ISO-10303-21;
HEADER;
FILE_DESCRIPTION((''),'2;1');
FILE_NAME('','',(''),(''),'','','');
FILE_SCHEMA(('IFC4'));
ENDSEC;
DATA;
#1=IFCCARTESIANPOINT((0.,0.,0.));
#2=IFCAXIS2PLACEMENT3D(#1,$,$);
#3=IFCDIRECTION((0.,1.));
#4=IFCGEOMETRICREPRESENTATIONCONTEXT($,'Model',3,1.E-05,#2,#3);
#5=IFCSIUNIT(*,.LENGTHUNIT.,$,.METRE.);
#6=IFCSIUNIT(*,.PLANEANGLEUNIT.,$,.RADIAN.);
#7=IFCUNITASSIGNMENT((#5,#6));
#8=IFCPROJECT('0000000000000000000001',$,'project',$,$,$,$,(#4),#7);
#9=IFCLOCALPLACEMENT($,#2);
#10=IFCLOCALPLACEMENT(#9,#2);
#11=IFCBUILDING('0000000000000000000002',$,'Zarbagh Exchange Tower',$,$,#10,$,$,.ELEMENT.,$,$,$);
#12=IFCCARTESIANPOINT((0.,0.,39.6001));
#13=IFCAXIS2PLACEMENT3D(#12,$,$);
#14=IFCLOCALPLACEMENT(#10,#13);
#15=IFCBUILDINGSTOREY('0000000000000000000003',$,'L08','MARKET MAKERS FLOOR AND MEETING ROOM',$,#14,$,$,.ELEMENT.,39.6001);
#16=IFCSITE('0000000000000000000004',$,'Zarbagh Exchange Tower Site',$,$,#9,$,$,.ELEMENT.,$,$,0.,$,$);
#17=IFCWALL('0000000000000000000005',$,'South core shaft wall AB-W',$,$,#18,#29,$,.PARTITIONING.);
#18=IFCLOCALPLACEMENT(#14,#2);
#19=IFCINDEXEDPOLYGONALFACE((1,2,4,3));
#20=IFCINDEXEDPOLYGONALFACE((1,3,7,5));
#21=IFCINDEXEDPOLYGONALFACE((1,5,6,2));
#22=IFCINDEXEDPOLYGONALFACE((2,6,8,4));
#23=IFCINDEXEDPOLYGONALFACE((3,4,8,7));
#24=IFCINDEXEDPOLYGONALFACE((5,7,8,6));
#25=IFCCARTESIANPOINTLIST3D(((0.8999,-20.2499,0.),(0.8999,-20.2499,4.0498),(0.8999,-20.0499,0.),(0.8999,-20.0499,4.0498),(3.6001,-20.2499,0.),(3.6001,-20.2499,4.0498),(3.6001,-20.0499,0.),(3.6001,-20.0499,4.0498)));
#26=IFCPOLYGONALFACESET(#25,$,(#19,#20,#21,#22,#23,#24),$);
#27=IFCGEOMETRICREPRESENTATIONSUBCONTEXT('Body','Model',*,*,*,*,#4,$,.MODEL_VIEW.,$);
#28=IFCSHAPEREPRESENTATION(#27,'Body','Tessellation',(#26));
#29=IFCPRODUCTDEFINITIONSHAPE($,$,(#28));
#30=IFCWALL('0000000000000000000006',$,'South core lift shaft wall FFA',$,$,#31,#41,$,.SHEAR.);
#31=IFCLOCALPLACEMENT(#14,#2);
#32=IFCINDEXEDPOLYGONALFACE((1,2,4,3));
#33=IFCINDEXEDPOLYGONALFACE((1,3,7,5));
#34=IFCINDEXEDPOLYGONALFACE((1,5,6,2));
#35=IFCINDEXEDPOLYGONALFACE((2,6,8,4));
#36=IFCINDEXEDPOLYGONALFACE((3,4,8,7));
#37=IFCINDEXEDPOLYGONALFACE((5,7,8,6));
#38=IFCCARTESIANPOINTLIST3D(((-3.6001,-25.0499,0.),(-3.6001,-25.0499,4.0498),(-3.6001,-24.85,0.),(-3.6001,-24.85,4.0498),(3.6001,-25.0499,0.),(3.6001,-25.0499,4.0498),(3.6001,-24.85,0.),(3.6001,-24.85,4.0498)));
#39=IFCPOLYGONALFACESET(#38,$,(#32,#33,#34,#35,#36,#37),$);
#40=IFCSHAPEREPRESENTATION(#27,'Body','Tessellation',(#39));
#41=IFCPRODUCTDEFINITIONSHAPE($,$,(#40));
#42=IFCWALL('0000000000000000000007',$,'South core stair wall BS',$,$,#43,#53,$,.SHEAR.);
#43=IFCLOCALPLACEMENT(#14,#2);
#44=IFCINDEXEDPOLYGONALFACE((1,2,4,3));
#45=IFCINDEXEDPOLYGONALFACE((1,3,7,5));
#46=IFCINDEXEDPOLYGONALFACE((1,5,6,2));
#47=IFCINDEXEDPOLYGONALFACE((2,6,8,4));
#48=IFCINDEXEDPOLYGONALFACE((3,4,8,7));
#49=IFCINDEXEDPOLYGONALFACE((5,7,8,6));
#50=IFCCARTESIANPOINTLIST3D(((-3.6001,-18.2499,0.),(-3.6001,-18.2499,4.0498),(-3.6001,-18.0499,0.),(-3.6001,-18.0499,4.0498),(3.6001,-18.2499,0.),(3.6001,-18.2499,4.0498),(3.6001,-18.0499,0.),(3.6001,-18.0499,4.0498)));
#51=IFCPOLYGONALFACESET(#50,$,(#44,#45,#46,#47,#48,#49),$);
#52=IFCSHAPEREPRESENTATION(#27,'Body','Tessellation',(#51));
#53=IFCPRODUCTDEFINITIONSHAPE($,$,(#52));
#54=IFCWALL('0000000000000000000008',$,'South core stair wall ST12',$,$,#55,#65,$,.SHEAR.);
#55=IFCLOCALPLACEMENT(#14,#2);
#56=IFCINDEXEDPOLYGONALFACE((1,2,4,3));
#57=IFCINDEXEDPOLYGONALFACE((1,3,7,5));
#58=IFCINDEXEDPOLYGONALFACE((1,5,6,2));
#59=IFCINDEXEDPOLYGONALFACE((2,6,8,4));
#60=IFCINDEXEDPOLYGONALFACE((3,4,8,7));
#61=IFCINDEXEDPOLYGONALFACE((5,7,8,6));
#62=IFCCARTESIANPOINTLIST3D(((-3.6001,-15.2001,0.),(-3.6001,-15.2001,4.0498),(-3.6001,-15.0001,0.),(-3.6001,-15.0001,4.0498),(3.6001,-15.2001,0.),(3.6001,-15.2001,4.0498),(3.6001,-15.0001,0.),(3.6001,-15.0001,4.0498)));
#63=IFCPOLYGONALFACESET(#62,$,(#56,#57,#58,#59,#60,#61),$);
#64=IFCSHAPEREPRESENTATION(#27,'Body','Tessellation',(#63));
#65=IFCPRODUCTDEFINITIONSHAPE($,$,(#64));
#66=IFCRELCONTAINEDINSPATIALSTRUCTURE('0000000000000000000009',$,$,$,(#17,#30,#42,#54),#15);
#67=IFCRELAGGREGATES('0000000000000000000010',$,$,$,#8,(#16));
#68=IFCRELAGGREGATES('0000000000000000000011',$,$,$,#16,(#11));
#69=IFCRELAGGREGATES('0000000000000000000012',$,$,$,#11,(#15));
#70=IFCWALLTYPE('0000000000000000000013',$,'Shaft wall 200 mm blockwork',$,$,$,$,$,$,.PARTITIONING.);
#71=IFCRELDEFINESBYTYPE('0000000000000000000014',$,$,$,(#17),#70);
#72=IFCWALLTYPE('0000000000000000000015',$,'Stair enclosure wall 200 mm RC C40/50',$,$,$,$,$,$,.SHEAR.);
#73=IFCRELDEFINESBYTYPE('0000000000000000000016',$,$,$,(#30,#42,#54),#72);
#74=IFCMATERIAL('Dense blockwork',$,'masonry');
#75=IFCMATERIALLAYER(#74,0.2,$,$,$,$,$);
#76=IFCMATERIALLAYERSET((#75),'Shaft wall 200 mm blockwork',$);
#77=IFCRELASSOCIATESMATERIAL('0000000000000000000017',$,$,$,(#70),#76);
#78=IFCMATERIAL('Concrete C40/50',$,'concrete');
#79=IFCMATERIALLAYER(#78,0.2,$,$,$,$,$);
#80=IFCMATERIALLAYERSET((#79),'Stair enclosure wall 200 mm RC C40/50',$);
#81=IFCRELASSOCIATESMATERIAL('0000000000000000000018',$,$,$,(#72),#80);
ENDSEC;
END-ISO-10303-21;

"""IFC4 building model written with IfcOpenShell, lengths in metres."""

from ifc_helpers import new_model, si_unit, direction, frame, frame_2d, origin, place, context, subcontext, project, spatial, rectangle, extrude, material, layer, layer_set, type_object, element, save


model = new_model("IFC4")

# Units and contexts
model_context = context("Model", 3, precision=1e-05, world=origin(), true_north=direction((0.0, 1.0)))
body_context = subcontext(model_context, "Body", "Model", "MODEL_VIEW")
ifc_project = project(units=[si_unit("LENGTHUNIT", "METRE"), si_unit("PLANEANGLEUNIT", "RADIAN")], contexts=[model_context])

# Site, building, storey
site_placement = place(None, origin())
site = spatial("IfcSite", under=ifc_project, at=site_placement, Name="Zarbagh Exchange Tower Site", CompositionType="ELEMENT", RefElevation=0.0)
building_placement = place(site_placement, origin())
building = spatial("IfcBuilding", under=site, at=building_placement, Name="Zarbagh Exchange Tower", CompositionType="ELEMENT")
storey_placement = place(building_placement, frame((0.0, 0.0, 39.6001)))
storey = spatial("IfcBuildingStorey", under=building, at=storey_placement, Name="L08", Description="MARKET MAKERS FLOOR AND MEETING ROOM", CompositionType="ELEMENT", Elevation=39.6001)

# Shared definitions
ifc_material_1 = material(Name="Dense blockwork", Category="masonry")

# Walls
ifc_layer_1 = layer(ifc_material_1, 0.2)
ifc_layer_set_1 = layer_set([ifc_layer_1], Name="Shaft wall 200 mm blockwork")
wall_type_1 = type_object("IfcWallType", Name="Shaft wall 200 mm blockwork", PredefinedType="PARTITIONING", material=ifc_layer_set_1)
wall_1_placement = place(storey_placement, frame((3.6001, -20.1499, 0.0), z_axis=(0.0, 0.0, 1.0), x_axis=(-1.0, 0.0, 0.0)))
element("IfcWall", 1, at=wall_1_placement, inside=storey, type_object=wall_type_1, Name="South core shaft wall AB-W", PredefinedType="PARTITIONING", context=body_context, shape_type="SweptSolid", body=[
    extrude(rectangle(XDim=2.7002, YDim=0.2, at=frame_2d((1.3501, 0.0))), origin(), (0.0, 0.0, 1.0), 4.0498),
])
ifc_material_2 = material(Name="Concrete C40/50", Category="concrete")
ifc_layer_2 = layer(ifc_material_2, 0.2)
ifc_layer_set_2 = layer_set([ifc_layer_2], Name="Stair enclosure wall 200 mm RC C40/50")
wall_type_2 = type_object("IfcWallType", Name="Stair enclosure wall 200 mm RC C40/50", PredefinedType="SHEAR", material=ifc_layer_set_2)
for number, where, z_axis, x_axis, name in (
    (2, (3.6001, -24.95, 0.0), (0.0, 0.0, 1.0), (-1.0, 0.0, 0.0), "South core lift shaft wall FFA"),
    (3, (3.6001, -18.1499, 0.0), (0.0, 0.0, 1.0), (-1.0, 0.0, 0.0), "South core stair wall BS"),
    (4, (3.6001, -15.1001, 0.0), (0.0, 0.0, 1.0), (-1.0, 0.0, 0.0), "South core stair wall ST12"),
):
    element("IfcWall", number, at=place(storey_placement, frame(where, z_axis=z_axis, x_axis=x_axis)), inside=storey, type_object=wall_type_2, Name=name, PredefinedType="SHEAR", context=body_context, shape_type="SweptSolid", body=[
        extrude(rectangle(XDim=7.2002, YDim=0.2, at=frame_2d((3.6001, 0.0))), origin(), (0.0, 0.0, 1.0), 4.0498),
    ])

save(model, "model.ifc")
